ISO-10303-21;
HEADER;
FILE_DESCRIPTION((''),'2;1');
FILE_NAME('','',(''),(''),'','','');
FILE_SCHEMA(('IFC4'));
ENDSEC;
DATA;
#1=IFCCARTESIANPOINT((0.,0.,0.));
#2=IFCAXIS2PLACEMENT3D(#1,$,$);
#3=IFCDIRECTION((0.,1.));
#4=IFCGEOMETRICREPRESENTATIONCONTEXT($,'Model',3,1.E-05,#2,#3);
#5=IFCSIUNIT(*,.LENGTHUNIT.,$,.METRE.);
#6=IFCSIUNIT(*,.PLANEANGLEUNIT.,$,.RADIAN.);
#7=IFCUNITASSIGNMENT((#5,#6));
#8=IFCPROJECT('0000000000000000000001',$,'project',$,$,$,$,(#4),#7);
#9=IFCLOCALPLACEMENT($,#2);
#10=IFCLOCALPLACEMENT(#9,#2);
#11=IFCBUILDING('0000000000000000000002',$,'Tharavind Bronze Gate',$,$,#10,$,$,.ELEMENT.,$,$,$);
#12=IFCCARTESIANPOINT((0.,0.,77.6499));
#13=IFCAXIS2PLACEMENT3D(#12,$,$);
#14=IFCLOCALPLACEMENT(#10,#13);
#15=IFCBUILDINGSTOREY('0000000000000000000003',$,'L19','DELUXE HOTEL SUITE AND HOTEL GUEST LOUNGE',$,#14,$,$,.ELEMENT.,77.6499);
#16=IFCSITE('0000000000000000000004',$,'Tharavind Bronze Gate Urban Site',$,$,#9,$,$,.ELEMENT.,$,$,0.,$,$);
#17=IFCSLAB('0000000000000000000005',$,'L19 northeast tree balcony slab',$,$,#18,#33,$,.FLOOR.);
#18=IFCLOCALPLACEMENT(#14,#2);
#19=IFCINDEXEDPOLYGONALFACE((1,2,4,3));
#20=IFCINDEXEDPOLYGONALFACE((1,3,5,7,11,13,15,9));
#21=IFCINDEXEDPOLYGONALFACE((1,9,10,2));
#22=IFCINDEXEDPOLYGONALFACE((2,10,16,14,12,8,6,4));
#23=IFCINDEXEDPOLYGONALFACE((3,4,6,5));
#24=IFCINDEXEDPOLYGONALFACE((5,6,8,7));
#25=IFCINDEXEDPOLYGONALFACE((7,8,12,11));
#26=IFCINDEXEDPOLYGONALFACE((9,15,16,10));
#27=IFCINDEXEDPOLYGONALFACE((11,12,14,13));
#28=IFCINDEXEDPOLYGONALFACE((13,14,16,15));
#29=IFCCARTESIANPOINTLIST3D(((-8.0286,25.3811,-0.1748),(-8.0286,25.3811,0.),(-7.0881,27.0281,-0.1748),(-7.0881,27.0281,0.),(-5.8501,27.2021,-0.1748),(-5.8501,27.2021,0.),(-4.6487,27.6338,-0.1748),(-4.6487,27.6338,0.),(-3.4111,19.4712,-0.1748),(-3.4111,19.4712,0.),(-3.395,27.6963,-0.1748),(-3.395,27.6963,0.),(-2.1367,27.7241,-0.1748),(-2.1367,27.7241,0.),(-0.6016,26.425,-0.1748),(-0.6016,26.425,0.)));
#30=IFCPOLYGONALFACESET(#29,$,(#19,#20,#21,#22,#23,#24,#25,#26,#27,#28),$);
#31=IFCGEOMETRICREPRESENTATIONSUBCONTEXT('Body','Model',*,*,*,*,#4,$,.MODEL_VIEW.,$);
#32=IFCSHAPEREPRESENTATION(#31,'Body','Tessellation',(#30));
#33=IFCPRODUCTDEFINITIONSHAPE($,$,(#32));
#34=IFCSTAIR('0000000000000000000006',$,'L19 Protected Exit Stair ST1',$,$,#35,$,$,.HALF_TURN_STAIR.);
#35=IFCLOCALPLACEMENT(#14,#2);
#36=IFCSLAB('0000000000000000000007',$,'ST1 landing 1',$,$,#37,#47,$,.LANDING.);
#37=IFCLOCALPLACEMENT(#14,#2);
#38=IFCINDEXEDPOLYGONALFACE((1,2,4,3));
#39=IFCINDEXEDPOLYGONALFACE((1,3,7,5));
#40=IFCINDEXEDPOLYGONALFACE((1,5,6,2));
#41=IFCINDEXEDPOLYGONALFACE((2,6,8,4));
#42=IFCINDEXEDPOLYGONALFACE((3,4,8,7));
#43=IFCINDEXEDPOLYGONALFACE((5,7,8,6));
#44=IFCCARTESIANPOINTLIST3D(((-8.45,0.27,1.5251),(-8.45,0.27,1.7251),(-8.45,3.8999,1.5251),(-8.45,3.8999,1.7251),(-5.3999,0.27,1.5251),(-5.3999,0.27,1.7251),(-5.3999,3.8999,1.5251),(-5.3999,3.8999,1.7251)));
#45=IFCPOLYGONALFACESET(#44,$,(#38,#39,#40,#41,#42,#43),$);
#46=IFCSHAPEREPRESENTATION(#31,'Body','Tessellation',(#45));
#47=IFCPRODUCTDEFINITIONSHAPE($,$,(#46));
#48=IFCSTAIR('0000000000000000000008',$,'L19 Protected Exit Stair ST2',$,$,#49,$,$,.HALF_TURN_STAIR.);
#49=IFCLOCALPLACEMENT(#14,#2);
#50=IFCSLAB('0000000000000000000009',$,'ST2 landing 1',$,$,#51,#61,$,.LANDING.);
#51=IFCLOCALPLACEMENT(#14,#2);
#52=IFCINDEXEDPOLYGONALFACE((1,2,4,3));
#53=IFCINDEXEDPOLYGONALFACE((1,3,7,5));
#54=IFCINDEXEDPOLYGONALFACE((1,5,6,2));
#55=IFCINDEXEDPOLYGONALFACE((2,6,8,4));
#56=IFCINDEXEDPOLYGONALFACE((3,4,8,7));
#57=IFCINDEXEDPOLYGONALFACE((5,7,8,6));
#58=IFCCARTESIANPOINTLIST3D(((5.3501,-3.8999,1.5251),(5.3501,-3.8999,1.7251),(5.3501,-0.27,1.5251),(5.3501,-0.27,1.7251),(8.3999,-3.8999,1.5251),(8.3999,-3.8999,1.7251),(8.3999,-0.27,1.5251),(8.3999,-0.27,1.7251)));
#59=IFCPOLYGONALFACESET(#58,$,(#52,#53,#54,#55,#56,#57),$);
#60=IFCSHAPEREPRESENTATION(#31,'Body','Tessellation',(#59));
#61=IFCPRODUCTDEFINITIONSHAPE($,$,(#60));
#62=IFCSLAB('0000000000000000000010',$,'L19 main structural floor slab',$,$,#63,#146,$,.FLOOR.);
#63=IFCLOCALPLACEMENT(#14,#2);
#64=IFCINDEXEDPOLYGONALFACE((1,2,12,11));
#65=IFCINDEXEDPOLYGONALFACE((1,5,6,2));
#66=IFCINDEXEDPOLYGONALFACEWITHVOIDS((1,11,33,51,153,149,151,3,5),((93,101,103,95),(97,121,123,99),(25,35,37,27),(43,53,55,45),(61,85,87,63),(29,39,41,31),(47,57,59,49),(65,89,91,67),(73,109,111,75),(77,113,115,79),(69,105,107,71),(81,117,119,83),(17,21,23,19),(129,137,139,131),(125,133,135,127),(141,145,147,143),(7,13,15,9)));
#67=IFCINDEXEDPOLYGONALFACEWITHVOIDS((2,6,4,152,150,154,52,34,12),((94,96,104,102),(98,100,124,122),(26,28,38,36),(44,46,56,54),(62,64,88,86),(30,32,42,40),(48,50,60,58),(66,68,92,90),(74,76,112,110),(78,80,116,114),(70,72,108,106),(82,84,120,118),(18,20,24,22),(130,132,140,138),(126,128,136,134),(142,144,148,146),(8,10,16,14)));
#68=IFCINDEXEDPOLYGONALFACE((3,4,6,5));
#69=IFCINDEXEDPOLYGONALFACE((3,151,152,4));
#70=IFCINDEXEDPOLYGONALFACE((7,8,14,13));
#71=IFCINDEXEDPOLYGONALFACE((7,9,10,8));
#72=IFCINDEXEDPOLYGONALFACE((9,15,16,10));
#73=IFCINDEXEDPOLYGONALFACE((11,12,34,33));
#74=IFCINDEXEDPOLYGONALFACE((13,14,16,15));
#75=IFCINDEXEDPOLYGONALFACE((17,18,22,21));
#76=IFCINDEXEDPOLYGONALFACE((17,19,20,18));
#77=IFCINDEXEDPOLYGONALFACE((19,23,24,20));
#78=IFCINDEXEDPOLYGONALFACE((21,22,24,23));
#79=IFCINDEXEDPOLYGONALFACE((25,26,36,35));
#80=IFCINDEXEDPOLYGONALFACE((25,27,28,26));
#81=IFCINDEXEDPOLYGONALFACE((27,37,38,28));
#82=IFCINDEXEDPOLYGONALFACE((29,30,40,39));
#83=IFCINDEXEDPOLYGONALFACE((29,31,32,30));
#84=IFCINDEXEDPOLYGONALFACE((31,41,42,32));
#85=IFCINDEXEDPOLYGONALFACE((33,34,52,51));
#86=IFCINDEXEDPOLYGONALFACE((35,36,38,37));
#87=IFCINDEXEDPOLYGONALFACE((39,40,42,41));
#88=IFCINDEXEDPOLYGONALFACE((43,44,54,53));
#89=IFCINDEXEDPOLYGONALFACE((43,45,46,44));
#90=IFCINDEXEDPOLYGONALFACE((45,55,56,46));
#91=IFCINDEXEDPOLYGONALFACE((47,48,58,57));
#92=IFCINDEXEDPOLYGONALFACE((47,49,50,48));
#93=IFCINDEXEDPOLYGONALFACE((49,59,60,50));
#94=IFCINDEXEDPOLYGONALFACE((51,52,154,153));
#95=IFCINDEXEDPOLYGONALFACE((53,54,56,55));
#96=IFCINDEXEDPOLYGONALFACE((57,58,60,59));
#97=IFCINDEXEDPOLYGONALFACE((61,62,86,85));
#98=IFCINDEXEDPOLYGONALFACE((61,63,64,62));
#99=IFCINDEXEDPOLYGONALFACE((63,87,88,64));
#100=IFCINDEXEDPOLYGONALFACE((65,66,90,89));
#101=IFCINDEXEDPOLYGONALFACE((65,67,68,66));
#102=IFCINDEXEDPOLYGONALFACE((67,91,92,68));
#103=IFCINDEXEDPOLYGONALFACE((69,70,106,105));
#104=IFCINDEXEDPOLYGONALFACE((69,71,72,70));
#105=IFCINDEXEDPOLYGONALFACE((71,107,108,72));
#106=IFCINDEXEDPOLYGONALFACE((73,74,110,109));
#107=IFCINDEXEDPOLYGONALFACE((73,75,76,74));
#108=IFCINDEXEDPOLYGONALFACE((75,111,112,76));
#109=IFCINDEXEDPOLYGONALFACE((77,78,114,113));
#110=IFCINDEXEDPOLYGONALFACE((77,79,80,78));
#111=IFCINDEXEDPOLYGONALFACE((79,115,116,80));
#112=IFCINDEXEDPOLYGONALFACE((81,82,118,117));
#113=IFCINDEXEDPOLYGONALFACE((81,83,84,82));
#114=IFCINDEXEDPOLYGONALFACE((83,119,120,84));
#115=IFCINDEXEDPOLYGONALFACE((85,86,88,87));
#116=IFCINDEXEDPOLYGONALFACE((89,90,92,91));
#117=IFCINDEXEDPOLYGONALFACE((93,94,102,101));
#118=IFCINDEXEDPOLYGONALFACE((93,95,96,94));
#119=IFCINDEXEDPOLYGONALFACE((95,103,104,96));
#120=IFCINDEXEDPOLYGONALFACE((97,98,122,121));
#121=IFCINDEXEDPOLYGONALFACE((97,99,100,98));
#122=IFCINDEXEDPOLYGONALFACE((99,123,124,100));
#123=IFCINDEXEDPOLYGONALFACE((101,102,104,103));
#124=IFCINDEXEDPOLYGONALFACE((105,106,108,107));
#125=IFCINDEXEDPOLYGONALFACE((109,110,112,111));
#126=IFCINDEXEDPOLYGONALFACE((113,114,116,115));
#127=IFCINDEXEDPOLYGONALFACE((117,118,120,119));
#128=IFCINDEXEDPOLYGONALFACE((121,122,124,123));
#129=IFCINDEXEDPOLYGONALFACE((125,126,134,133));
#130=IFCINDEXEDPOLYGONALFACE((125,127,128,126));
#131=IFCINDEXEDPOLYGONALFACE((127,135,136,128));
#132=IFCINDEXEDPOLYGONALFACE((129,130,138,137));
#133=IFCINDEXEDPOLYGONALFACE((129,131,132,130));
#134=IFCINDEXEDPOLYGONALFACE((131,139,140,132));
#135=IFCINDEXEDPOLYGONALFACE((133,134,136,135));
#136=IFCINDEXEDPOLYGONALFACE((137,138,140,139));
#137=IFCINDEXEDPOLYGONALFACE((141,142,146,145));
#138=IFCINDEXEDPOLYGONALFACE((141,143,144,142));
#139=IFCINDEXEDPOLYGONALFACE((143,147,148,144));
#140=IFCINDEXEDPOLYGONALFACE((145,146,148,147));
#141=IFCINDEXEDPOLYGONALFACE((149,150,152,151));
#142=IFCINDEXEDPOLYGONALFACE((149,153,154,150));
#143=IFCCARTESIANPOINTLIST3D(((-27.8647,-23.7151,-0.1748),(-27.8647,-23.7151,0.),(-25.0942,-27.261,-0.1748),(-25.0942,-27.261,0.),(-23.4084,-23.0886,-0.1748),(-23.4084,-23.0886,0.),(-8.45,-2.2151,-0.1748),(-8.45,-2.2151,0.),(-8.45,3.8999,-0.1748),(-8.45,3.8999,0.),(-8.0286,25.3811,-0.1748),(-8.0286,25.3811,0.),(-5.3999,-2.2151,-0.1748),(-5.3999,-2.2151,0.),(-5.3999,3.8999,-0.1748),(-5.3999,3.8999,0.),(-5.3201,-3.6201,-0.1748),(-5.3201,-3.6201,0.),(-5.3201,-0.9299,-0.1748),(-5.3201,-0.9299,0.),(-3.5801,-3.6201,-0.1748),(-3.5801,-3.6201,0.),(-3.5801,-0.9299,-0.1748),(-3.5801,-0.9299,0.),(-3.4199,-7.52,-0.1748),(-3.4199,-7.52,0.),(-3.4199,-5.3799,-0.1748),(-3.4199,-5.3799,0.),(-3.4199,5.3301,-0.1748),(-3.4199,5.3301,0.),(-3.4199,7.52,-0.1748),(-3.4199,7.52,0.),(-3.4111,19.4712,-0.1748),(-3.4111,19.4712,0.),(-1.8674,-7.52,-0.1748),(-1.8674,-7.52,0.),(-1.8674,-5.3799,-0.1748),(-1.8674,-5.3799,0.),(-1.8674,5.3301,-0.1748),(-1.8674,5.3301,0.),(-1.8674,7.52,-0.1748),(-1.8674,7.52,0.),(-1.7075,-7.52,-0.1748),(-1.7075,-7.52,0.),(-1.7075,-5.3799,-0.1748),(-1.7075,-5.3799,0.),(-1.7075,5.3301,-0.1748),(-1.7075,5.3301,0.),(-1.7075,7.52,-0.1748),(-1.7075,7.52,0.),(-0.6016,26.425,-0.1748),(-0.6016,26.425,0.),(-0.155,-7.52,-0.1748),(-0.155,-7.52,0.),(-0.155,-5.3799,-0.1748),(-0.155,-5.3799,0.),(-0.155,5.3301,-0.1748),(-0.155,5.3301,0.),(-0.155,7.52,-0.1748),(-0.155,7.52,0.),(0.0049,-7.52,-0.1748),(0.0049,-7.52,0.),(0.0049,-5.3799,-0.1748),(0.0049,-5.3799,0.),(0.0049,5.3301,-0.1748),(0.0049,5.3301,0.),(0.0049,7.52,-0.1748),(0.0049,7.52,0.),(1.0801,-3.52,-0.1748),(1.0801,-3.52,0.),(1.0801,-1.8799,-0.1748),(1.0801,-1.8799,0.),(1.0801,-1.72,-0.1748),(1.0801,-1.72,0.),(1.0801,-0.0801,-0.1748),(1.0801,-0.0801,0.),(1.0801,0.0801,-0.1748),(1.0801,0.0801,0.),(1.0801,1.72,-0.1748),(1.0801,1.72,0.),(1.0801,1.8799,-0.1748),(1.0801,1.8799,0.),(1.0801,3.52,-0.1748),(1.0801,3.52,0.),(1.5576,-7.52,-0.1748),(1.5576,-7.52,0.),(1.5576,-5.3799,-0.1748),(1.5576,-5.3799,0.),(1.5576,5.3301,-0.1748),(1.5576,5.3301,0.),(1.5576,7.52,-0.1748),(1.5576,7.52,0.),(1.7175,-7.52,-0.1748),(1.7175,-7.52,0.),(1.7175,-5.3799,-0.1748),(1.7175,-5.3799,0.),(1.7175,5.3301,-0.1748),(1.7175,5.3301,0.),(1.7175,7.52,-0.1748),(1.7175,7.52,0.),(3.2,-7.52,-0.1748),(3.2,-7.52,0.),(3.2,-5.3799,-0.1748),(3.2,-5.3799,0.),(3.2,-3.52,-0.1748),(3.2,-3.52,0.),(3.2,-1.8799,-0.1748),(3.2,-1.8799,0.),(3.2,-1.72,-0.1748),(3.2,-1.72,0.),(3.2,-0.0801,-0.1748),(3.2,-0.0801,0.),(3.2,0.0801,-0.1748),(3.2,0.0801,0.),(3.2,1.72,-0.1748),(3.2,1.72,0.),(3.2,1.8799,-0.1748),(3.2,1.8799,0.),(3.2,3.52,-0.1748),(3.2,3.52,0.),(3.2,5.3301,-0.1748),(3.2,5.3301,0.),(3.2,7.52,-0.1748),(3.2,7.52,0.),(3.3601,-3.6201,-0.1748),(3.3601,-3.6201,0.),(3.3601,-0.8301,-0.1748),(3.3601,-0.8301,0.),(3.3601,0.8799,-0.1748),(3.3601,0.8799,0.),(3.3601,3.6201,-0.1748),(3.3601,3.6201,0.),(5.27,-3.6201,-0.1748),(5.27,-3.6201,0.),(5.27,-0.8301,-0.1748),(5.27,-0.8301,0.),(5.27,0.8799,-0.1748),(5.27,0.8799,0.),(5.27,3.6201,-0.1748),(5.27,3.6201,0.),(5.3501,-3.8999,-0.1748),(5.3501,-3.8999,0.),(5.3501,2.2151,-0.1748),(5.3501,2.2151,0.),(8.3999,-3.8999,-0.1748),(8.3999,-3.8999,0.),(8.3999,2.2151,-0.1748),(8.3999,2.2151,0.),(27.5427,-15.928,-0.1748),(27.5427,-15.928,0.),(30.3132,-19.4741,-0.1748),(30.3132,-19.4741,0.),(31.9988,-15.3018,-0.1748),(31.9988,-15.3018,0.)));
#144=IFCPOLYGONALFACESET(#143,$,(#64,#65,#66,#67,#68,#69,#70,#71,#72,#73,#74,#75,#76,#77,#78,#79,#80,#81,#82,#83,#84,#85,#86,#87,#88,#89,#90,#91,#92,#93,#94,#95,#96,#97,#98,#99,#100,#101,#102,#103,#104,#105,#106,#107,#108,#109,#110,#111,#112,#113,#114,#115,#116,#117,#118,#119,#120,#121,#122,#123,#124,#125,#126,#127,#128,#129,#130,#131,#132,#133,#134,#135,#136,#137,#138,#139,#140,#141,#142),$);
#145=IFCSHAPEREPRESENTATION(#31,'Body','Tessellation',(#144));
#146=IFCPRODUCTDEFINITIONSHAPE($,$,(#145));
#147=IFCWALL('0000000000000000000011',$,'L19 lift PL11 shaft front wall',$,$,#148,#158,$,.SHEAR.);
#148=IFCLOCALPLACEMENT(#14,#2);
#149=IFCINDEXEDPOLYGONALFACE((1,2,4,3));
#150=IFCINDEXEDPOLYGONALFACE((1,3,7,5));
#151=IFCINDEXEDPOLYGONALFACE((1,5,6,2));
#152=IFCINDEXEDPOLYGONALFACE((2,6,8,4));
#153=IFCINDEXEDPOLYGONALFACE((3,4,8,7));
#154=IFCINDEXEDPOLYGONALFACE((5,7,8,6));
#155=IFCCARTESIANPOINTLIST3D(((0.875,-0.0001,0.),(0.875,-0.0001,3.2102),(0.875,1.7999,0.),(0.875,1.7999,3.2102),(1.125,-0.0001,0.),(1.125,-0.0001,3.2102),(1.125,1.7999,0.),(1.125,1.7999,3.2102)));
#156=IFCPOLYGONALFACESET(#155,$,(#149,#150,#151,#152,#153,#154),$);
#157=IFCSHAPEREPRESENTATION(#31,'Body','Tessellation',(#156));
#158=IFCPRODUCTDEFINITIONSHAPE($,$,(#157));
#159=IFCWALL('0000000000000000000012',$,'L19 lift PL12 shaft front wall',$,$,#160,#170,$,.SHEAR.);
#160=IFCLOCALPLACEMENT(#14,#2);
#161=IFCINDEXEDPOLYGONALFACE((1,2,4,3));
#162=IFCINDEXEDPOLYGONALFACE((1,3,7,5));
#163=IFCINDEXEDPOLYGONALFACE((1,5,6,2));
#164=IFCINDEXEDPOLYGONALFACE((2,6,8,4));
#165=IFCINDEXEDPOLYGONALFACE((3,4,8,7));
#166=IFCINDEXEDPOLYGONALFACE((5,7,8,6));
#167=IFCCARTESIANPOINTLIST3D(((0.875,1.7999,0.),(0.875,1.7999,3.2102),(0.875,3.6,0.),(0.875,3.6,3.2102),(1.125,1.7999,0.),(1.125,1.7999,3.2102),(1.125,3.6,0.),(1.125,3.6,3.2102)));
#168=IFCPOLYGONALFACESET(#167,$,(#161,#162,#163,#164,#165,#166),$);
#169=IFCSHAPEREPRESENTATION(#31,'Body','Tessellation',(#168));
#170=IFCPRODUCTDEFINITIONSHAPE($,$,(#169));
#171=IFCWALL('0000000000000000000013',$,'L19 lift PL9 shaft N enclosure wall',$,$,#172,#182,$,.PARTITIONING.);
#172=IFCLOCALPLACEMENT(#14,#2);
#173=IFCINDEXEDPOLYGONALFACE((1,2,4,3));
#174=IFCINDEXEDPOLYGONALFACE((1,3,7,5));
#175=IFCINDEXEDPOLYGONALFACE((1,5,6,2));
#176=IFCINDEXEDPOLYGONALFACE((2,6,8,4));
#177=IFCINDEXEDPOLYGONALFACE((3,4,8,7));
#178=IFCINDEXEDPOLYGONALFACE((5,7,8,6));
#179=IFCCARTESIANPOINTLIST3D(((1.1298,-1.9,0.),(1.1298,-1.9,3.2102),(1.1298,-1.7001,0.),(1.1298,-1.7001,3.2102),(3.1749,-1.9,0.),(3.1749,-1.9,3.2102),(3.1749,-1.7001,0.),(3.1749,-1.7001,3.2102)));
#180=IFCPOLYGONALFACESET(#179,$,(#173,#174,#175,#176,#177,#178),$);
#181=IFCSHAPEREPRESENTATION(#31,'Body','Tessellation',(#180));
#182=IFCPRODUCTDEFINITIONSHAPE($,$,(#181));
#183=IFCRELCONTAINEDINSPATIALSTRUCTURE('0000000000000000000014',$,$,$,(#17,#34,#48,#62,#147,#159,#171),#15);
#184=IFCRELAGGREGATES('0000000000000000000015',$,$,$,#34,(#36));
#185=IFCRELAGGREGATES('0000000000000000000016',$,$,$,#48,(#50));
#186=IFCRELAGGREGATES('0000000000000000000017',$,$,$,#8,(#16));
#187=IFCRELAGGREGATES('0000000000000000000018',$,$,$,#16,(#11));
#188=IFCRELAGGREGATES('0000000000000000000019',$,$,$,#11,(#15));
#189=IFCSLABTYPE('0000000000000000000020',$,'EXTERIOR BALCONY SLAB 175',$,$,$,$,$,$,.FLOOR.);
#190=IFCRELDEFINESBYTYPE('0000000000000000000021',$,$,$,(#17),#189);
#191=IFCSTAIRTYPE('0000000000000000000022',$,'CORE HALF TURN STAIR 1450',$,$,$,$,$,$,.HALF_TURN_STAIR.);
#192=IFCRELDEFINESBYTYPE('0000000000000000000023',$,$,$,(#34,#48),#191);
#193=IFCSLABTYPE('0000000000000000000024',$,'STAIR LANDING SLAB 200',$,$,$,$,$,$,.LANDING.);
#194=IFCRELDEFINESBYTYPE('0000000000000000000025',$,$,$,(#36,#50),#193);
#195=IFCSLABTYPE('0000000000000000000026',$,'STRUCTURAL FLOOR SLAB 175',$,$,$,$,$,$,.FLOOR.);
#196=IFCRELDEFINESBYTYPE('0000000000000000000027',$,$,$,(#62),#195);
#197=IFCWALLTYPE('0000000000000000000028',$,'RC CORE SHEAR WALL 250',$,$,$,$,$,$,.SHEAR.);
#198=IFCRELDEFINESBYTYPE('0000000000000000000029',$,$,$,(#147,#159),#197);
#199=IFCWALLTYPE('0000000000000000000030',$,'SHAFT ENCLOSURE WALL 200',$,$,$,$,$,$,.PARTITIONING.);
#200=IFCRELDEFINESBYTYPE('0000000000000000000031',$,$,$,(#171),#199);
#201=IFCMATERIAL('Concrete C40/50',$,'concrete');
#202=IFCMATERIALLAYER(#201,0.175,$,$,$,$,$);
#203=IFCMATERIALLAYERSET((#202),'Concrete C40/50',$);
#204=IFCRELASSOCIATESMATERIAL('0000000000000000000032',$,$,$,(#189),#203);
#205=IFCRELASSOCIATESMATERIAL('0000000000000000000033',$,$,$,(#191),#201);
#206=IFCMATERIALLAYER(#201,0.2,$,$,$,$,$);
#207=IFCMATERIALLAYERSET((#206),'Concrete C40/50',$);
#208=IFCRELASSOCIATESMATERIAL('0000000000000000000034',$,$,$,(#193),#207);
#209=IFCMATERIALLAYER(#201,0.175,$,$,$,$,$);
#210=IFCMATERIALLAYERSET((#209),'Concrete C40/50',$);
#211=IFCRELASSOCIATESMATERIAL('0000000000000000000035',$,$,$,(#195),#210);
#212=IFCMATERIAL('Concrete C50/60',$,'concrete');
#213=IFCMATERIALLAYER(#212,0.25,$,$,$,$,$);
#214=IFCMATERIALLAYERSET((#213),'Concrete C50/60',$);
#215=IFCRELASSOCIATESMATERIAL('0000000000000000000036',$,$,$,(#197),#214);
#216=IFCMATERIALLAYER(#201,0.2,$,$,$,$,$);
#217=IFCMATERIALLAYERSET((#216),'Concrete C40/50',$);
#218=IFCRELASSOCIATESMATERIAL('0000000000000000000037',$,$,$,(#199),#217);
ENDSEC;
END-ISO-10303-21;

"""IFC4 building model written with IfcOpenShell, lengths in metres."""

from ifc_helpers import new_model, si_unit, direction, frame, frame_2d, origin, place, context, subcontext, project, spatial, polyline, rectangle, outline, extrude, material, layer, layer_set, type_object, element, aggregate, save


model = new_model("IFC4")

# Units and contexts
model_context = context("Model", 3, precision=1e-05, world=origin(), true_north=direction((0.0, 1.0)))
body_context = subcontext(model_context, "Body", "Model", "MODEL_VIEW")
ifc_project = project(units=[si_unit("LENGTHUNIT", "METRE"), si_unit("PLANEANGLEUNIT", "RADIAN")], contexts=[model_context])

# Site, building, storey
site_placement = place(None, origin())
site = spatial("IfcSite", under=ifc_project, at=site_placement, Name="Tharavind Bronze Gate Urban Site", CompositionType="ELEMENT", RefElevation=0.0)
building_placement = place(site_placement, origin())
building = spatial("IfcBuilding", under=site, at=building_placement, Name="Tharavind Bronze Gate", CompositionType="ELEMENT")
storey_placement = place(building_placement, frame((0.0, 0.0, 77.6499)))
storey = spatial("IfcBuildingStorey", under=building, at=storey_placement, Name="L19", Description="DELUXE HOTEL SUITE AND HOTEL GUEST LOUNGE", CompositionType="ELEMENT", Elevation=77.6499)

# Slab
ifc_material_1 = material(Name="Concrete C40/50", Category="concrete")
ifc_layer_1 = layer(ifc_material_1, 0.175)
ifc_layer_set_1 = layer_set([ifc_layer_1], Name="Concrete C40/50")
slab_type_1 = type_object("IfcSlabType", Name="EXTERIOR BALCONY SLAB 175", PredefinedType="FLOOR", material=ifc_layer_set_1)
slab_1_placement = place(storey_placement, frame((0.0, 0.0, -0.1748)))
element("IfcSlab", 1, at=slab_1_placement, inside=storey, type_object=slab_type_1, Name="L19 northeast tree balcony slab", PredefinedType="FLOOR", context=body_context, shape_type="SweptSolid", body=[
    extrude(outline(polyline([(-2.1367, 27.7241), (-3.395, 27.6963), (-4.6487, 27.6338), (-5.8501, 27.2021), (-7.0881, 27.0281), (-8.0286, 25.3811), (-3.4111, 19.4712), (-0.6016, 26.425), (-2.1367, 27.7241)])), origin(), (0.0, 0.0, 1.0), 0.1748),
])

# Stairs, slabs
stair_type = type_object("IfcStairType", Name="CORE HALF TURN STAIR 1450", PredefinedType="HALF_TURN_STAIR", material=ifc_material_1)
stair_1_placement = place(storey_placement, origin())
stair_1 = element("IfcStair", 2, at=stair_1_placement, inside=storey, type_object=stair_type, Name="L19 Protected Exit Stair ST1", PredefinedType="HALF_TURN_STAIR")
ifc_layer_2 = layer(ifc_material_1, 0.2)
ifc_layer_set_2 = layer_set([ifc_layer_2], Name="Concrete C40/50")
slab_type_2 = type_object("IfcSlabType", Name="STAIR LANDING SLAB 200", PredefinedType="LANDING", material=ifc_layer_set_2)
slab_2_placement = place(storey_placement, frame((0.0, 0.0, 1.5251)))
slab_2 = element("IfcSlab", 3, at=slab_2_placement, type_object=slab_type_2, Name="ST1 landing 1", PredefinedType="LANDING", context=body_context, shape_type="SweptSolid", body=[
    extrude(outline(polyline([(-5.3999, 0.27), (-5.3999, 3.8999), (-8.45, 3.8999), (-8.45, 0.27), (-5.3999, 0.27)])), origin(), (0.0, 0.0, 1.0), 0.2),
])
aggregate(stair_1, [slab_2])
stair_2_placement = place(storey_placement, origin())
stair_2 = element("IfcStair", 4, at=stair_2_placement, inside=storey, type_object=stair_type, Name="L19 Protected Exit Stair ST2", PredefinedType="HALF_TURN_STAIR")
slab_3_placement = place(storey_placement, frame((0.0, 0.0, 1.5251)))
slab_3 = element("IfcSlab", 5, at=slab_3_placement, type_object=slab_type_2, Name="ST2 landing 1", PredefinedType="LANDING", context=body_context, shape_type="SweptSolid", body=[
    extrude(outline(polyline([(5.3501, -0.27), (5.3501, -3.8999), (8.3999, -3.8999), (8.3999, -0.27), (5.3501, -0.27)])), origin(), (0.0, 0.0, 1.0), 0.2),
])
aggregate(stair_2, [slab_3])

# Slab
ifc_layer_3 = layer(ifc_material_1, 0.175)
ifc_layer_set_3 = layer_set([ifc_layer_3], Name="Concrete C40/50")
slab_type_3 = type_object("IfcSlabType", Name="STRUCTURAL FLOOR SLAB 175", PredefinedType="FLOOR", material=ifc_layer_set_3)
slab_4_placement = place(storey_placement, frame((0.0, 0.0, -0.1748)))
element("IfcSlab", 6, at=slab_4_placement, inside=storey, type_object=slab_type_3, Name="L19 main structural floor slab", PredefinedType="FLOOR", context=body_context, shape_type="SweptSolid", body=[
    extrude(outline(polyline([(-0.6016, 26.425), (-3.4111, 19.4712), (-8.0286, 25.3811), (-27.8647, -23.7151), (-23.4084, -23.0886), (-25.0942, -27.261), (30.3132, -19.4741), (27.5427, -15.928), (31.9988, -15.3018), (-0.6016, 26.425)]), holes=[polyline([(-5.3999, -2.2151), (-5.3999, 3.8999), (-8.45, 3.8999), (-8.45, -2.2151), (-5.3999, -2.2151)]), polyline([(5.3501, 2.2151), (5.3501, -3.8999), (8.3999, -3.8999), (8.3999, 2.2151), (5.3501, 2.2151)]), polyline([(-3.4199, -7.52), (-1.8674, -7.52), (-1.8674, -5.3799), (-3.4199, -5.3799), (-3.4199, -7.52)]), polyline([(-1.7075, -7.52), (-0.155, -7.52), (-0.155, -5.3799), (-1.7075, -5.3799), (-1.7075, -7.52)]), polyline([(0.0049, -7.52), (1.5576, -7.52), (1.5576, -5.3799), (0.0049, -5.3799), (0.0049, -7.52)]), polyline([(1.7175, -7.52), (3.2, -7.52), (3.2, -5.3799), (1.7175, -5.3799), (1.7175, -7.52)]), polyline([(-3.4199, 5.3301), (-1.8674, 5.3301), (-1.8674, 7.52), (-3.4199, 7.52), (-3.4199, 5.3301)]), polyline([(-1.7075, 5.3301), (-0.155, 5.3301), (-0.155, 7.52), (-1.7075, 7.52), (-1.7075, 5.3301)]), polyline([(0.0049, 5.3301), (1.5576, 5.3301), (1.5576, 7.52), (0.0049, 7.52), (0.0049, 5.3301)]), polyline([(1.7175, 5.3301), (3.2, 5.3301), (3.2, 7.52), (1.7175, 7.52), (1.7175, 5.3301)]), polyline([(1.0801, -3.52), (3.2, -3.52), (3.2, -1.8799), (1.0801, -1.8799), (1.0801, -3.52)]), polyline([(1.0801, -1.72), (3.2, -1.72), (3.2, -0.0801), (1.0801, -0.0801), (1.0801, -1.72)]), polyline([(1.0801, 0.0801), (3.2, 0.0801), (3.2, 1.72), (1.0801, 1.72), (1.0801, 0.0801)]), polyline([(1.0801, 1.8799), (3.2, 1.8799), (3.2, 3.52), (1.0801, 3.52), (1.0801, 1.8799)]), polyline([(-5.3201, -3.6201), (-3.5801, -3.6201), (-3.5801, -0.9299), (-5.3201, -0.9299), (-5.3201, -3.6201)]), polyline([(3.3601, 0.8799), (5.27, 0.8799), (5.27, 3.6201), (3.3601, 3.6201), (3.3601, 0.8799)]), polyline([(3.3601, -3.6201), (5.27, -3.6201), (5.27, -0.8301), (3.3601, -0.8301), (3.3601, -3.6201)])]), origin(), (0.0, 0.0, 1.0), 0.1748),
])

# Walls
ifc_material_2 = material(Name="Concrete C50/60", Category="concrete")
ifc_layer_4 = layer(ifc_material_2, 0.25)
ifc_layer_set_4 = layer_set([ifc_layer_4], Name="Concrete C50/60")
wall_type_1 = type_object("IfcWallType", Name="RC CORE SHEAR WALL 250", PredefinedType="SHEAR", material=ifc_layer_set_4)
for number, where, z_axis, x_axis, name in (
    (7, (1.0, 0.0, 0.0), (0.0, 0.0, 1.0), (0.0, 1.0, 0.0), "L19 lift PL11 shaft front wall"),
    (8, (1.0, 1.8, 0.0), (0.0, 0.0, 1.0), (0.0, 1.0, 0.0), "L19 lift PL12 shaft front wall"),
):
    element("IfcWall", number, at=place(storey_placement, frame(where, z_axis=z_axis, x_axis=x_axis)), inside=storey, type_object=wall_type_1, Name=name, PredefinedType="SHEAR", context=body_context, shape_type="SweptSolid", body=[
        extrude(rectangle(XDim=1.8, YDim=0.25, at=frame_2d((0.8999, 0.0))), origin(), (0.0, 0.0, 1.0), 3.2102),
    ])
ifc_layer_5 = layer(ifc_material_1, 0.2)
ifc_layer_set_5 = layer_set([ifc_layer_5], Name="Concrete C40/50")
wall_type_2 = type_object("IfcWallType", Name="SHAFT ENCLOSURE WALL 200", PredefinedType="PARTITIONING", material=ifc_layer_set_5)
wall_1_placement = place(storey_placement, frame((1.1299, -1.8, 0.0), z_axis=(0.0, 0.0, 1.0), x_axis=(1.0, 0.0, 0.0)))
element("IfcWall", 9, at=wall_1_placement, inside=storey, type_object=wall_type_2, Name="L19 lift PL9 shaft N enclosure wall", PredefinedType="PARTITIONING", context=body_context, shape_type="SweptSolid", body=[
    extrude(rectangle(XDim=2.0452, YDim=0.2, at=frame_2d((1.0225, 0.0))), origin(), (0.0, 0.0, 1.0), 3.2102),
])

save(model, "model.ifc")
